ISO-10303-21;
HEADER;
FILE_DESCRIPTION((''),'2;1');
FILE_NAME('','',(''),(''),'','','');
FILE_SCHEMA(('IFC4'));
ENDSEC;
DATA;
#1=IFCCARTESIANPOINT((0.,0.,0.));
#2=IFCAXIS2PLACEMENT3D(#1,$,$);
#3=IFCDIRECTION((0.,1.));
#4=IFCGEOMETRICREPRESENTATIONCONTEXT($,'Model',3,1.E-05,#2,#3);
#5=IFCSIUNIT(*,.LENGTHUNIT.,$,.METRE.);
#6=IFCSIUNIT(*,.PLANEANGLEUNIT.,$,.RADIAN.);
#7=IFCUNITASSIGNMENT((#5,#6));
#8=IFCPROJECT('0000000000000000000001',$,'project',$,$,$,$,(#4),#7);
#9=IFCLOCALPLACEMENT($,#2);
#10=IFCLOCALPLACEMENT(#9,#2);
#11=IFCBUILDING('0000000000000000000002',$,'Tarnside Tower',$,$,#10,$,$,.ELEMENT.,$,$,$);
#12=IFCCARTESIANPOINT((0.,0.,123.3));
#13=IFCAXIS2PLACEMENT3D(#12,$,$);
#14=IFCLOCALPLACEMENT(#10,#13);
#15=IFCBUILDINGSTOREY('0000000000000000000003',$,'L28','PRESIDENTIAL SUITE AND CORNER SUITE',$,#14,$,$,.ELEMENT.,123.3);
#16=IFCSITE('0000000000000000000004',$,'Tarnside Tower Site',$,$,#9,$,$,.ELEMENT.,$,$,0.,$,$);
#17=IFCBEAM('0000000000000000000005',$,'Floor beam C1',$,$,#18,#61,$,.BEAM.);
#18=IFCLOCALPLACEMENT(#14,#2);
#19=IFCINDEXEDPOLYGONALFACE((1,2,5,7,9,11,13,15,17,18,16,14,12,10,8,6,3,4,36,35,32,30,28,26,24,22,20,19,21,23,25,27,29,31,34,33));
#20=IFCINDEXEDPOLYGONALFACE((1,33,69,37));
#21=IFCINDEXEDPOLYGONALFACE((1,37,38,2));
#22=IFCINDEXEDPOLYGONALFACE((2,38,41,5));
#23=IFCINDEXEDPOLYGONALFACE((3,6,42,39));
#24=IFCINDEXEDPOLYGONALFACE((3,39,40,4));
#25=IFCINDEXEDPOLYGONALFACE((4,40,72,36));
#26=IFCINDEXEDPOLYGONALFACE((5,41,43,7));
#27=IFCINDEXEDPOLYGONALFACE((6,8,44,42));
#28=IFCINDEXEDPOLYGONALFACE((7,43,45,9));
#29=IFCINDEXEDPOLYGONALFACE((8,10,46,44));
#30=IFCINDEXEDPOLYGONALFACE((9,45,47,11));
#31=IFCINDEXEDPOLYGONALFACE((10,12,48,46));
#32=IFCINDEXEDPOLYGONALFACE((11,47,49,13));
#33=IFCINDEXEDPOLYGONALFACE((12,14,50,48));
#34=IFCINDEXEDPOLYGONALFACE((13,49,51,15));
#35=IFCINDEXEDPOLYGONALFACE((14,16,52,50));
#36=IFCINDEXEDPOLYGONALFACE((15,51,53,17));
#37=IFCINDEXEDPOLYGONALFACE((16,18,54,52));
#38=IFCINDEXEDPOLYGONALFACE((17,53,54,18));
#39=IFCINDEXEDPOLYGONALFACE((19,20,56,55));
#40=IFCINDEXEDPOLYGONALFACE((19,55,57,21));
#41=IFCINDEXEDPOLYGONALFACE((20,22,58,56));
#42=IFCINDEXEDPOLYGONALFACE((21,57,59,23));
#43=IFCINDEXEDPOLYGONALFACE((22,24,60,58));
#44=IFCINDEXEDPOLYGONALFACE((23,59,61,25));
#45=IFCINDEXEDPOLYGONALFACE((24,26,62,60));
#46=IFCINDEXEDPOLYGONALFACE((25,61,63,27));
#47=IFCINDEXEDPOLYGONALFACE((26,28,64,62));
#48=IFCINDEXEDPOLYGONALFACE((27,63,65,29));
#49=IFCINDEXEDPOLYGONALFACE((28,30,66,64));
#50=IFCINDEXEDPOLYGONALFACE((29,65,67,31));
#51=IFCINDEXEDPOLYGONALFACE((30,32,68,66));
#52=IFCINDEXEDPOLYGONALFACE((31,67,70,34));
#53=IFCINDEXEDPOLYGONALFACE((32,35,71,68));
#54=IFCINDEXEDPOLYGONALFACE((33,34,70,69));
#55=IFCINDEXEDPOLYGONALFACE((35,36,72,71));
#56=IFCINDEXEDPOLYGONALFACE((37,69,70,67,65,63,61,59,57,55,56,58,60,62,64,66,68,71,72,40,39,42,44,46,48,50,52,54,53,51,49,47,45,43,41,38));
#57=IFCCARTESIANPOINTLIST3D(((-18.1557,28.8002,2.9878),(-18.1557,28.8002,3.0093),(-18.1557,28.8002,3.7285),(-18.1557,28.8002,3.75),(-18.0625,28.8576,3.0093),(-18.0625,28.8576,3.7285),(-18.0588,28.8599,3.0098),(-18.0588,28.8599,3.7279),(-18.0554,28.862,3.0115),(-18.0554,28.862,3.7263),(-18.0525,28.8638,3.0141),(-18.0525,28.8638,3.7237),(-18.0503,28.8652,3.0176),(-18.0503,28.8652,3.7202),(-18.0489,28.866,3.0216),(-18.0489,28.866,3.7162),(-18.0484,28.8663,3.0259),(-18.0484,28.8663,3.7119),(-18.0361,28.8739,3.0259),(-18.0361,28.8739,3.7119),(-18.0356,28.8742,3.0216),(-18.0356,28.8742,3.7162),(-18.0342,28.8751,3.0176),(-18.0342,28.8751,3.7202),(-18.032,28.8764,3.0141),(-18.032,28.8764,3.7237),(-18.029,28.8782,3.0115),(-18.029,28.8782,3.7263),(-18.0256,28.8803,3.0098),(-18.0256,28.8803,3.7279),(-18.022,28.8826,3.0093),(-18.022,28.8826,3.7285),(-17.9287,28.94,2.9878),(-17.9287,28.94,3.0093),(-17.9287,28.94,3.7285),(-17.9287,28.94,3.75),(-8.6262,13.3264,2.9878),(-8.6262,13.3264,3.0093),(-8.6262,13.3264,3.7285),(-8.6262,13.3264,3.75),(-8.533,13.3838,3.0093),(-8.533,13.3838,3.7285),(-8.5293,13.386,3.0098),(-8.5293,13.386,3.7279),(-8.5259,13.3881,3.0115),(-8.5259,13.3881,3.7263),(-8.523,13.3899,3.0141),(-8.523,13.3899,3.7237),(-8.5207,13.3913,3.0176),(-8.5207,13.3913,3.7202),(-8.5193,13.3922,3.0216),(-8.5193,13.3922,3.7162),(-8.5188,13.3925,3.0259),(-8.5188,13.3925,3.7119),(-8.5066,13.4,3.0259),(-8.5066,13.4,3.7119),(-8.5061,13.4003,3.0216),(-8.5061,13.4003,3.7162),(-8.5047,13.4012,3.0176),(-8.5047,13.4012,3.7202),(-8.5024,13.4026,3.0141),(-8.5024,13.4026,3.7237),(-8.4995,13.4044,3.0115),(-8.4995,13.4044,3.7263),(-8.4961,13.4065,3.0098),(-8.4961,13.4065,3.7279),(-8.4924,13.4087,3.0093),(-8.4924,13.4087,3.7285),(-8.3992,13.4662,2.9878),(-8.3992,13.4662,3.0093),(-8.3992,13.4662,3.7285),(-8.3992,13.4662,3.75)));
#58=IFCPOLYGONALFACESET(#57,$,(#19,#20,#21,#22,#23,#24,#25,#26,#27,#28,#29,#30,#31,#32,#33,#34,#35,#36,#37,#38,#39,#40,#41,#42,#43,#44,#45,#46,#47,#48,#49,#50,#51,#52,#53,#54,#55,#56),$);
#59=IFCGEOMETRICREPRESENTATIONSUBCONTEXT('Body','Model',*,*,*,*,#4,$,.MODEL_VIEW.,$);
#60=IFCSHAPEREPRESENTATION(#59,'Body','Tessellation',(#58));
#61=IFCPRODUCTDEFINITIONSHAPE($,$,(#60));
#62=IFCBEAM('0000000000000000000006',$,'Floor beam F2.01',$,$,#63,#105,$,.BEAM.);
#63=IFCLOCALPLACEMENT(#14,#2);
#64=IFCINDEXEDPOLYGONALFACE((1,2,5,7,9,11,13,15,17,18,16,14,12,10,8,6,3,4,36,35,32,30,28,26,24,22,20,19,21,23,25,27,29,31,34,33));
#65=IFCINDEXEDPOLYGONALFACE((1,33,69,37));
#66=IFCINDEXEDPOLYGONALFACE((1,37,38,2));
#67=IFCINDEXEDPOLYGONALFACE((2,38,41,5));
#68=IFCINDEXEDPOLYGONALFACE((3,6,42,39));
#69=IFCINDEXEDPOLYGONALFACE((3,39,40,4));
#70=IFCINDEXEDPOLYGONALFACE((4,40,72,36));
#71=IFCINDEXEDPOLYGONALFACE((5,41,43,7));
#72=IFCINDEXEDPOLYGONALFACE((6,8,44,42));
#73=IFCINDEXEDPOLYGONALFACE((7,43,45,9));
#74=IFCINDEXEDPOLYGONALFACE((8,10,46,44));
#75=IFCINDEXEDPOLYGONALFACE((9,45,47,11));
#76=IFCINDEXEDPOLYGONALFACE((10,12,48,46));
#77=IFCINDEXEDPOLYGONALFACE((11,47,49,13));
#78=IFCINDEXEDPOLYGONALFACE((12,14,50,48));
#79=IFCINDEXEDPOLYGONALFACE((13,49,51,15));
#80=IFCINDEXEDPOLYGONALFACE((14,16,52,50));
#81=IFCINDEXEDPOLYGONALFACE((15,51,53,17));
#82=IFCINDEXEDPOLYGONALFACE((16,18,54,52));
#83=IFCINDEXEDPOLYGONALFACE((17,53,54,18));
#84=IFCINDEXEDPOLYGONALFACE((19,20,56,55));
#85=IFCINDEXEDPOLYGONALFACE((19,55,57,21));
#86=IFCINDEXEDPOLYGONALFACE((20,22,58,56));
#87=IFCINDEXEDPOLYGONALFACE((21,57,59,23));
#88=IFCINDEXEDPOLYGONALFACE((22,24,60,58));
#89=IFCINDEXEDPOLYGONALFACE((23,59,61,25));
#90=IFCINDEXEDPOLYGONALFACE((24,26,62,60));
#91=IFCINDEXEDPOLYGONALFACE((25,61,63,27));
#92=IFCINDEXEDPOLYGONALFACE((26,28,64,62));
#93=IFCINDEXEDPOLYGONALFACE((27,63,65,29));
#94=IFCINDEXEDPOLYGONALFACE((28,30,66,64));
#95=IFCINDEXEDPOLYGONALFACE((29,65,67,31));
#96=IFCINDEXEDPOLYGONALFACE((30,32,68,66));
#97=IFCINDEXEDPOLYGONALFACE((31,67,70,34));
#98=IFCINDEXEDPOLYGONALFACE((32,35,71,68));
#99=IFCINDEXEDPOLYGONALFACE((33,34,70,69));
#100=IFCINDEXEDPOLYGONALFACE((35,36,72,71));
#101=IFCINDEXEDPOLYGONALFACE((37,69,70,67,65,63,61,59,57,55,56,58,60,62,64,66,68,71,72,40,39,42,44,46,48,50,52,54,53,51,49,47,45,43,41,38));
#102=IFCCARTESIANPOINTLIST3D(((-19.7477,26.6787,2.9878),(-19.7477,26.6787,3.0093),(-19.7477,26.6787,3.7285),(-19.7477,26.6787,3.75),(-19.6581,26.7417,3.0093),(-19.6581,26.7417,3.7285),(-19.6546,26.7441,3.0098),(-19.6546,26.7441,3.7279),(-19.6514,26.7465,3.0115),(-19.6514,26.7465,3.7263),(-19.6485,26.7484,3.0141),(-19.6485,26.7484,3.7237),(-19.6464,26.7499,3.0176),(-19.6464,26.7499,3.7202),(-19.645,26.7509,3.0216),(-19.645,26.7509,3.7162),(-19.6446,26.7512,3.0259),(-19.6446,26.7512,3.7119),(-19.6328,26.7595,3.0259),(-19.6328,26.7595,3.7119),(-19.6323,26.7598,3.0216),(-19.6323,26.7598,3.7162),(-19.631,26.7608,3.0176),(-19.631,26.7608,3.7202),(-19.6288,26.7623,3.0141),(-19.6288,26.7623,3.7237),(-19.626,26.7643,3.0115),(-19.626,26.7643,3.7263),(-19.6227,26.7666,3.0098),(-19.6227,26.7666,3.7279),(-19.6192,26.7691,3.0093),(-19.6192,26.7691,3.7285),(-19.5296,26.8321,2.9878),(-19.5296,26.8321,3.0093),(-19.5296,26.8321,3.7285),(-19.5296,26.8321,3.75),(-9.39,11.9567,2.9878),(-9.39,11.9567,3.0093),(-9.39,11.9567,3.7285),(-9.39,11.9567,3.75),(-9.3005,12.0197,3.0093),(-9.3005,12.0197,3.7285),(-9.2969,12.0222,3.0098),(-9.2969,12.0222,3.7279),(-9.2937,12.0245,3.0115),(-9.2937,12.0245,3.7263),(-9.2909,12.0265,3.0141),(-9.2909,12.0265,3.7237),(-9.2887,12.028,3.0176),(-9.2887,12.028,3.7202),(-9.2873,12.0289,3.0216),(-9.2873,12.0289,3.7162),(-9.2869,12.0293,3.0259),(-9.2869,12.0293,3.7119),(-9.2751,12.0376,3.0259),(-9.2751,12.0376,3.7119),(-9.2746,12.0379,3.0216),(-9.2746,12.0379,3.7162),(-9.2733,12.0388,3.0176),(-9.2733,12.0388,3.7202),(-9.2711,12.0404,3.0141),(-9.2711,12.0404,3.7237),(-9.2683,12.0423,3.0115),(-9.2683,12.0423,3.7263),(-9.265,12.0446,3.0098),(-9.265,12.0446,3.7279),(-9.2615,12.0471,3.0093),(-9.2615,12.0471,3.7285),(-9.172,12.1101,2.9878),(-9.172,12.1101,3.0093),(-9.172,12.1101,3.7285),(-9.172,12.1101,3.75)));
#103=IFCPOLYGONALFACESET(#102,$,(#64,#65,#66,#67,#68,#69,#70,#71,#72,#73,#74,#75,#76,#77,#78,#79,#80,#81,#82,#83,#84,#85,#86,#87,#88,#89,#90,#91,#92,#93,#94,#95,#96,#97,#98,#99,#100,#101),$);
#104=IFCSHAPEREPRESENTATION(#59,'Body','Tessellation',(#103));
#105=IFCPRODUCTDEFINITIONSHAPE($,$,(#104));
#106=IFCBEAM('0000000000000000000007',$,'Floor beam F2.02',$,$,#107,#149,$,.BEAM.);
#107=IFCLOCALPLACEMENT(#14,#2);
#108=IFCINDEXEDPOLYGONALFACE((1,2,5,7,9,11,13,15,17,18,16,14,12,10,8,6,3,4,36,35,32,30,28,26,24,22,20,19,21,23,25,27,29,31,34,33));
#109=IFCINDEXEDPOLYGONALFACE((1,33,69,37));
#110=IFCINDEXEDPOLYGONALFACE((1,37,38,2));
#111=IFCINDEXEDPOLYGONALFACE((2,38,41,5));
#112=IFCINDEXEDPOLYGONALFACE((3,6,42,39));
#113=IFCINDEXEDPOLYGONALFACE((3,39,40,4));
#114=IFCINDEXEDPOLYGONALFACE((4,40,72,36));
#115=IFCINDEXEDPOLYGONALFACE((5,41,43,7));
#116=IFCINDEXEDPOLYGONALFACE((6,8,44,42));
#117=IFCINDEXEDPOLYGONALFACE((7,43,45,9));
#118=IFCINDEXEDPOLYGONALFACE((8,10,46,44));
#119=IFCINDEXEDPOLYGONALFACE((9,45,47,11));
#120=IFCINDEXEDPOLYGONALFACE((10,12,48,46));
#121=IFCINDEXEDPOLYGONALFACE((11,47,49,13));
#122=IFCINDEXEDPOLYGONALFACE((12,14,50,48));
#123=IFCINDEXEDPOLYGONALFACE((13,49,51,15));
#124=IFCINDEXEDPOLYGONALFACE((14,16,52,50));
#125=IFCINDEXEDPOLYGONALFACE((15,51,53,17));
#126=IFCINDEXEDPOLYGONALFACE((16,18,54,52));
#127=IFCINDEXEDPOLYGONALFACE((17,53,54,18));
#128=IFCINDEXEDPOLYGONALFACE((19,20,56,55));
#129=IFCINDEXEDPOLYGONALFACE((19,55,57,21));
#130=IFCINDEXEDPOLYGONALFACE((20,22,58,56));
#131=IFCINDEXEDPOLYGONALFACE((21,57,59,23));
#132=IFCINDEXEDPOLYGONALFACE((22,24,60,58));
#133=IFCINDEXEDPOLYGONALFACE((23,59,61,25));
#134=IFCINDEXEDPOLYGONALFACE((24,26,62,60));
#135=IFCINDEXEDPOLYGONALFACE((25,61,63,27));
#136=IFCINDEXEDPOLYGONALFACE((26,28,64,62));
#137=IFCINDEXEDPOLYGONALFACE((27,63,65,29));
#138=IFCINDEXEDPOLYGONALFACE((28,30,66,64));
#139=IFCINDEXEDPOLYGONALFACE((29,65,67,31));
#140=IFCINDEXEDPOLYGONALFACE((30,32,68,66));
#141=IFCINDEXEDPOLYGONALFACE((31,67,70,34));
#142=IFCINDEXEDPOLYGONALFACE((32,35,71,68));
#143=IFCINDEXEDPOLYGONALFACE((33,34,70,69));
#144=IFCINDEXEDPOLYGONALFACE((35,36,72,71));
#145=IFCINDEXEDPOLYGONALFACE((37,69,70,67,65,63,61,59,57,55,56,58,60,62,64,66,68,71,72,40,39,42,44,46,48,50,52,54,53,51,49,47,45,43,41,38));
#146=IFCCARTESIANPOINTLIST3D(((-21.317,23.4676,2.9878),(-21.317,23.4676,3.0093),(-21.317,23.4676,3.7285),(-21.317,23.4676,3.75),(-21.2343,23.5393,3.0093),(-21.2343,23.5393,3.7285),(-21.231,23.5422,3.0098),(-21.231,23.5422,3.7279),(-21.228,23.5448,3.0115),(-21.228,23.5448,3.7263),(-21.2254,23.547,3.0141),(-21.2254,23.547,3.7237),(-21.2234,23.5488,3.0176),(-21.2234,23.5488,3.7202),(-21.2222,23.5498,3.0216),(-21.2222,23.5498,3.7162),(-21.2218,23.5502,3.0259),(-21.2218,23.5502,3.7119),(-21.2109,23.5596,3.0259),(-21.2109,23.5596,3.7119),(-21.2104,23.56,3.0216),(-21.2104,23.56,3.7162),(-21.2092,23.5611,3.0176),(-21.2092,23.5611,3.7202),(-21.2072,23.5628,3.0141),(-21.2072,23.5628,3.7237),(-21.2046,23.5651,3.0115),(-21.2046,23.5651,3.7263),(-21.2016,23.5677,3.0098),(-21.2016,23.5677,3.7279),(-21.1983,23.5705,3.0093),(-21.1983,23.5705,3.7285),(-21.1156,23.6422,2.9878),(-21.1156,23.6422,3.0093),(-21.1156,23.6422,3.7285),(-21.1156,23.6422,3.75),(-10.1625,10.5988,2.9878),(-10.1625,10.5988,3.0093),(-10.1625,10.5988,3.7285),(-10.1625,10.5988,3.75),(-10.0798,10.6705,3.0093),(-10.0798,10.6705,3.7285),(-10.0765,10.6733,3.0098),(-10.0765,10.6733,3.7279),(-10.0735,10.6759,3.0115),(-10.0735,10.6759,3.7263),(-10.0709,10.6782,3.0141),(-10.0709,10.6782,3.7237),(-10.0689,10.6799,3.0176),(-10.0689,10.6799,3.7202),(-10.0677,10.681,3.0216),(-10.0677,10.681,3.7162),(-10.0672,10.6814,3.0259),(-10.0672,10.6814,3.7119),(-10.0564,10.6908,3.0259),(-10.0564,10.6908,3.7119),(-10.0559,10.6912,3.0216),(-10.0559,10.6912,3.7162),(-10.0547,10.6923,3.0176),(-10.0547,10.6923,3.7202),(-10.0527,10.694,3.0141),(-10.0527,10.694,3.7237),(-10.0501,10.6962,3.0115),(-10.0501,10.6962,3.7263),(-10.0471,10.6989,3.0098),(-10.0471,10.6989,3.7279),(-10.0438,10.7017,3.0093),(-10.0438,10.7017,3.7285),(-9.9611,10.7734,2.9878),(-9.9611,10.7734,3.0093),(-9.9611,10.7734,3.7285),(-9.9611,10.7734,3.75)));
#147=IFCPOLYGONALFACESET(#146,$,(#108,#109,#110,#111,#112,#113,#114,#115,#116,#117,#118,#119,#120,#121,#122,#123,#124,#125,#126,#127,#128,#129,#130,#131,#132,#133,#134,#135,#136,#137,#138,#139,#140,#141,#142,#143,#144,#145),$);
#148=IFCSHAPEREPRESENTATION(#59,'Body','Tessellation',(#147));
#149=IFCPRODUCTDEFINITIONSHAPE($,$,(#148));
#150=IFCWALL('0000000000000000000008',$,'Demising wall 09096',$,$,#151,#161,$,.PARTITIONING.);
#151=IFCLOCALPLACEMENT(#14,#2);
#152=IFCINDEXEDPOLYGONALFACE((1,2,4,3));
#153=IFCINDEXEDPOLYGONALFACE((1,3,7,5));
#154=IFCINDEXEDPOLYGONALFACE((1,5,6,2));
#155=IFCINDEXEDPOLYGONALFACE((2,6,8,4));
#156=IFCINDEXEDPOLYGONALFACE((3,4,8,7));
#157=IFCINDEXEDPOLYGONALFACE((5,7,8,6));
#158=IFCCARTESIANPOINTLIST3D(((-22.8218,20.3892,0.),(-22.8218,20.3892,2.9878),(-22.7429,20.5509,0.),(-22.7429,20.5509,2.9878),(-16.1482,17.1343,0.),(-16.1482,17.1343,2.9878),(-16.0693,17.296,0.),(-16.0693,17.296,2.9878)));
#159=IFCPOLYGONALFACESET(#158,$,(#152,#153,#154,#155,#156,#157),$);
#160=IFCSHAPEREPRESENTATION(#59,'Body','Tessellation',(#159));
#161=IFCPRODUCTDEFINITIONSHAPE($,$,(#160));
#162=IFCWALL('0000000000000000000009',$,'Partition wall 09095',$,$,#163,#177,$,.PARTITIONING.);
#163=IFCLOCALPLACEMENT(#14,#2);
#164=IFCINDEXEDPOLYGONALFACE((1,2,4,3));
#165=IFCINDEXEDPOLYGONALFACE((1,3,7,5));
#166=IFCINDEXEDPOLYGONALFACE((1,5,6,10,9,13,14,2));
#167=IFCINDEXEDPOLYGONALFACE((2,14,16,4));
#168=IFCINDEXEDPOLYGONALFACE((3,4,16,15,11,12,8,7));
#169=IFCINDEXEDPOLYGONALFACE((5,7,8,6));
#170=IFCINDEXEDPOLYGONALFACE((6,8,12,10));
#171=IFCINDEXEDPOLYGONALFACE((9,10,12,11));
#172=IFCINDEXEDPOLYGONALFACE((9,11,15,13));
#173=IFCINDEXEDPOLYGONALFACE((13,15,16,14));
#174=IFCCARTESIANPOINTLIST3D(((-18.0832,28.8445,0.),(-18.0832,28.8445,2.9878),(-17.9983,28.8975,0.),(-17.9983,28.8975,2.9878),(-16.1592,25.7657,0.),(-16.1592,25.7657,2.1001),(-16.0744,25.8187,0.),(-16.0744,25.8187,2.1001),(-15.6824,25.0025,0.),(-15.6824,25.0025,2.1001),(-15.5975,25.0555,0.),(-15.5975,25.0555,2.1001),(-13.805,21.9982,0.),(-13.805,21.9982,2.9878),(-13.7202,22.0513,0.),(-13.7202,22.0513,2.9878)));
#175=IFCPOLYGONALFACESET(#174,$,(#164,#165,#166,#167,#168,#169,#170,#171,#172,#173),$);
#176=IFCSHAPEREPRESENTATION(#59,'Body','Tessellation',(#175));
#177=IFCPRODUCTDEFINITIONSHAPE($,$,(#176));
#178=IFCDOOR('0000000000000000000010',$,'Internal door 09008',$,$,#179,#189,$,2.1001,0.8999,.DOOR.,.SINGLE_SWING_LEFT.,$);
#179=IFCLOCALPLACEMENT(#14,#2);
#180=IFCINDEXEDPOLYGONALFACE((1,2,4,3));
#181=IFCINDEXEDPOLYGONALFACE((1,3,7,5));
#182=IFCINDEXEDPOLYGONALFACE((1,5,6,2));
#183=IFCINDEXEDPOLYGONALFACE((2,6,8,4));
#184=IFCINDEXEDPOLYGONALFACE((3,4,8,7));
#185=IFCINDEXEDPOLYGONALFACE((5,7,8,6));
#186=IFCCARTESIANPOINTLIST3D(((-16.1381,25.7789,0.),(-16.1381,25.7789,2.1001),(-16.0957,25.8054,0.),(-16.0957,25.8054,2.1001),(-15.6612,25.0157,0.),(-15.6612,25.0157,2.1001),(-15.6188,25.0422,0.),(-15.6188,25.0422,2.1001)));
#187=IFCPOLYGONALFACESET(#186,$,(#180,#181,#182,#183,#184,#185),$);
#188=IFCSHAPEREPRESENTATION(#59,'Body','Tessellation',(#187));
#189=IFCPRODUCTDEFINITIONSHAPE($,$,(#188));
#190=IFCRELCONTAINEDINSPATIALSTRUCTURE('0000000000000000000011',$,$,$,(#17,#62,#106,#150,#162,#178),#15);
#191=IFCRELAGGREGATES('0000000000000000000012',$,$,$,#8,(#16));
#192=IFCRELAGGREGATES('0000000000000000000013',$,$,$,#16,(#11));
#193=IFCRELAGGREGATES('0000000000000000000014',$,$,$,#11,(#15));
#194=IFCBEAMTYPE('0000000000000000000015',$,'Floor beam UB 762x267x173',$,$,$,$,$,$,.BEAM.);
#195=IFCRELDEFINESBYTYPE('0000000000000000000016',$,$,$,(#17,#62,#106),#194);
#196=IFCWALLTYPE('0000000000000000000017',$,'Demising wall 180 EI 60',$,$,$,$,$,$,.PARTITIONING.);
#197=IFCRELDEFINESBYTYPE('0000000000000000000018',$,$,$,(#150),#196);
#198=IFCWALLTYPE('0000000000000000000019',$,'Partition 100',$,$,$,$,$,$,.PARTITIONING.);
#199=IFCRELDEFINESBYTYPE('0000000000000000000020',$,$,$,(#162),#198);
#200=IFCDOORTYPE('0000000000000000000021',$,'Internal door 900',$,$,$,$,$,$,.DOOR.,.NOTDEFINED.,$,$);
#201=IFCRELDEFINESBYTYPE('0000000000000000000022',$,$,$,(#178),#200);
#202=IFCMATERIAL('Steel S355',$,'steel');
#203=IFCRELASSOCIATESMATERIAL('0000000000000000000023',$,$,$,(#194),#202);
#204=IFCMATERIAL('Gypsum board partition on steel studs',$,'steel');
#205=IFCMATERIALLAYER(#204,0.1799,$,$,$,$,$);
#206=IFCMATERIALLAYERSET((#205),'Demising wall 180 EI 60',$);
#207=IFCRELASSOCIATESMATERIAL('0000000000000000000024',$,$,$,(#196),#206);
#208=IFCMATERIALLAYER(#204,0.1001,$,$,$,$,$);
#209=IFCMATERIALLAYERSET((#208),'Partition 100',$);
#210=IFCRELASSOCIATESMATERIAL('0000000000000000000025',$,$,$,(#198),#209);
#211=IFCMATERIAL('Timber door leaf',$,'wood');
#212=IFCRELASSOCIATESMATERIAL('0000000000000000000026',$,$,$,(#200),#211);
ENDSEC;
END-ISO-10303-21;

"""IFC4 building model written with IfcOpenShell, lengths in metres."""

from ifc_helpers import new_model, si_unit, direction, frame, frame_2d, origin, origin_2d, place, context, subcontext, project, spatial, rectangle, i_section, extrude, material, layer, layer_set, material_profile, profile_set, type_object, element, fill, save


model = new_model("IFC4")

# Units and contexts
model_context = context("Model", 3, precision=1e-05, world=origin(), true_north=direction((0.0, 1.0)))
body_context = subcontext(model_context, "Body", "Model", "MODEL_VIEW")
ifc_project = project(units=[si_unit("LENGTHUNIT", "METRE"), si_unit("PLANEANGLEUNIT", "RADIAN")], contexts=[model_context])

# Site, building, storey
site_placement = place(None, origin())
site = spatial("IfcSite", under=ifc_project, at=site_placement, Name="Tarnside Tower Site", CompositionType="ELEMENT", RefElevation=0.0)
building_placement = place(site_placement, origin())
building = spatial("IfcBuilding", under=site, at=building_placement, Name="Tarnside Tower", CompositionType="ELEMENT")
storey_placement = place(building_placement, frame((0.0, 0.0, 123.3)))
storey = spatial("IfcBuildingStorey", under=building, at=storey_placement, Name="L28", Description="PRESIDENTIAL SUITE AND CORNER SUITE", CompositionType="ELEMENT", Elevation=123.3)

# Beams
ifc_material_1 = material(Name="Steel S355", Category="steel")
ifc_material_profile = material_profile(ifc_material_1, i_section(OverallWidth=0.2666, OverallDepth=0.7622, WebThickness=0.0144, FlangeThickness=0.0215, FilletRadius=0.0166, at=origin_2d()), Name="UB 762x267x173")
ifc_profile_set = profile_set([ifc_material_profile], Name="Steel S355")
beam_type = type_object("IfcBeamType", Name="Floor beam UB 762x267x173", PredefinedType="BEAM", material=ifc_profile_set)
beam_1_placement = place(storey_placement, frame((-18.0422, 28.8701, 3.3689), z_axis=(0.524383, -0.851483, 0.0), x_axis=(0.851483, 0.524383, 0.0)))
element("IfcBeam", 1, at=beam_1_placement, inside=storey, type_object=beam_type, Name="Floor beam C1", PredefinedType="BEAM", context=body_context, shape_type="SweptSolid", body=[
    extrude(i_section(OverallWidth=0.2666, OverallDepth=0.7622, WebThickness=0.0144, FlangeThickness=0.0215, FilletRadius=0.0166, at=origin_2d()), origin(), (0.0, 0.0, 1.0), 18.1729),
])
beam_2_placement = place(storey_placement, frame((-19.6387, 26.7554, 3.3689), z_axis=(0.575411, -0.817864, 0.0), x_axis=(0.817864, 0.575411, 0.0)))
element("IfcBeam", 2, at=beam_2_placement, inside=storey, type_object=beam_type, Name="Floor beam F2.01", PredefinedType="BEAM", context=body_context, shape_type="SweptSolid", body=[
    extrude(i_section(OverallWidth=0.2666, OverallDepth=0.7622, WebThickness=0.0144, FlangeThickness=0.0215, FilletRadius=0.0166, at=origin_2d()), origin(), (0.0, 0.0, 1.0), 18.0005),
])
beam_3_placement = place(storey_placement, frame((-21.2163, 23.5549, 3.3689), z_axis=(0.654981, -0.755646, 0.0), x_axis=(0.755646, 0.654981, 0.0)))
element("IfcBeam", 3, at=beam_3_placement, inside=storey, type_object=beam_type, Name="Floor beam F2.02", PredefinedType="BEAM", context=body_context, shape_type="SweptSolid", body=[
    extrude(i_section(OverallWidth=0.2666, OverallDepth=0.7622, WebThickness=0.0144, FlangeThickness=0.0215, FilletRadius=0.0166, at=origin_2d()), origin(), (0.0, 0.0, 1.0), 17.0303),
])

# Wall
ifc_material_2 = material(Name="Gypsum board partition on steel studs", Category="steel")
ifc_layer_1 = layer(ifc_material_2, 0.1799)
ifc_layer_set_1 = layer_set([ifc_layer_1], Name="Demising wall 180 EI 60")
wall_type_1 = type_object("IfcWallType", Name="Demising wall 180 EI 60", PredefinedType="PARTITIONING", material=ifc_layer_set_1)
wall_1_placement = place(storey_placement, frame((-22.7822, 20.47, 0.0), z_axis=(0.0, 0.0, 1.0), x_axis=(0.898796, -0.438367, 0.0)))
element("IfcWall", 4, at=wall_1_placement, inside=storey, type_object=wall_type_1, Name="Demising wall 09096", PredefinedType="PARTITIONING", context=body_context, shape_type="SweptSolid", body=[
    extrude(rectangle(XDim=7.425, YDim=0.1799, at=frame_2d((3.7124, 0.0))), origin(), (0.0, 0.0, 1.0), 2.9878),
])

# Wall, opening, door
ifc_layer_2 = layer(ifc_material_2, 0.1001)
ifc_layer_set_2 = layer_set([ifc_layer_2], Name="Partition 100")
wall_type_2 = type_object("IfcWallType", Name="Partition 100", PredefinedType="PARTITIONING", material=ifc_layer_set_2)
wall_2_placement = place(storey_placement, frame((-18.0408, 28.8711, 0.0), z_axis=(0.0, 0.0, 1.0), x_axis=(0.529928, -0.848042, 0.0)))
wall_2 = element("IfcWall", 5, at=wall_2_placement, inside=storey, type_object=wall_type_2, Name="Partition wall 09095", PredefinedType="PARTITIONING", context=body_context, shape_type="SweptSolid", body=[
    extrude(rectangle(XDim=8.073, YDim=0.1001, at=frame_2d((4.0366, 0.0))), origin(), (0.0, 0.0, 1.0), 2.9878),
])
opening_1_placement = place(wall_2_placement, frame((3.6306, 0.0, 0.0)))
opening_1 = element("IfcOpeningElement", 6, at=opening_1_placement, cuts=wall_2, PredefinedType="OPENING", context=body_context, shape_type="SweptSolid", body=[
    extrude(rectangle(XDim=0.8999, YDim=2.1001, at=frame_2d((0.45, 1.05))), frame((0.0, 0.0601, 0.0), z_axis=(0.0, -1.0, 0.0), x_axis=(1.0, 0.0, 0.0)), (0.0, 0.0, 1.0), 0.1201),
])
ifc_material_3 = material(Name="Timber door leaf", Category="wood")
door_type = type_object("IfcDoorType", Name="Internal door 900", OperationType="NOTDEFINED", PredefinedType="DOOR", material=ifc_material_3)
door_placement = place(opening_1_placement, origin())
door = element("IfcDoor", 7, at=door_placement, inside=storey, type_object=door_type, Name="Internal door 09008", OperationType="SINGLE_SWING_LEFT", OverallHeight=2.1001, OverallWidth=0.8999, PredefinedType="DOOR", context=body_context, shape_type="SweptSolid", body=[
    extrude(rectangle(XDim=0.8999, YDim=2.1001, at=frame_2d((0.45, 1.05))), frame((0.0, 0.0249, 0.0), z_axis=(0.0, -1.0, 0.0), x_axis=(1.0, 0.0, 0.0)), (0.0, 0.0, 1.0), 0.05),
])
fill(opening_1, door)

save(model, "model.ifc")
